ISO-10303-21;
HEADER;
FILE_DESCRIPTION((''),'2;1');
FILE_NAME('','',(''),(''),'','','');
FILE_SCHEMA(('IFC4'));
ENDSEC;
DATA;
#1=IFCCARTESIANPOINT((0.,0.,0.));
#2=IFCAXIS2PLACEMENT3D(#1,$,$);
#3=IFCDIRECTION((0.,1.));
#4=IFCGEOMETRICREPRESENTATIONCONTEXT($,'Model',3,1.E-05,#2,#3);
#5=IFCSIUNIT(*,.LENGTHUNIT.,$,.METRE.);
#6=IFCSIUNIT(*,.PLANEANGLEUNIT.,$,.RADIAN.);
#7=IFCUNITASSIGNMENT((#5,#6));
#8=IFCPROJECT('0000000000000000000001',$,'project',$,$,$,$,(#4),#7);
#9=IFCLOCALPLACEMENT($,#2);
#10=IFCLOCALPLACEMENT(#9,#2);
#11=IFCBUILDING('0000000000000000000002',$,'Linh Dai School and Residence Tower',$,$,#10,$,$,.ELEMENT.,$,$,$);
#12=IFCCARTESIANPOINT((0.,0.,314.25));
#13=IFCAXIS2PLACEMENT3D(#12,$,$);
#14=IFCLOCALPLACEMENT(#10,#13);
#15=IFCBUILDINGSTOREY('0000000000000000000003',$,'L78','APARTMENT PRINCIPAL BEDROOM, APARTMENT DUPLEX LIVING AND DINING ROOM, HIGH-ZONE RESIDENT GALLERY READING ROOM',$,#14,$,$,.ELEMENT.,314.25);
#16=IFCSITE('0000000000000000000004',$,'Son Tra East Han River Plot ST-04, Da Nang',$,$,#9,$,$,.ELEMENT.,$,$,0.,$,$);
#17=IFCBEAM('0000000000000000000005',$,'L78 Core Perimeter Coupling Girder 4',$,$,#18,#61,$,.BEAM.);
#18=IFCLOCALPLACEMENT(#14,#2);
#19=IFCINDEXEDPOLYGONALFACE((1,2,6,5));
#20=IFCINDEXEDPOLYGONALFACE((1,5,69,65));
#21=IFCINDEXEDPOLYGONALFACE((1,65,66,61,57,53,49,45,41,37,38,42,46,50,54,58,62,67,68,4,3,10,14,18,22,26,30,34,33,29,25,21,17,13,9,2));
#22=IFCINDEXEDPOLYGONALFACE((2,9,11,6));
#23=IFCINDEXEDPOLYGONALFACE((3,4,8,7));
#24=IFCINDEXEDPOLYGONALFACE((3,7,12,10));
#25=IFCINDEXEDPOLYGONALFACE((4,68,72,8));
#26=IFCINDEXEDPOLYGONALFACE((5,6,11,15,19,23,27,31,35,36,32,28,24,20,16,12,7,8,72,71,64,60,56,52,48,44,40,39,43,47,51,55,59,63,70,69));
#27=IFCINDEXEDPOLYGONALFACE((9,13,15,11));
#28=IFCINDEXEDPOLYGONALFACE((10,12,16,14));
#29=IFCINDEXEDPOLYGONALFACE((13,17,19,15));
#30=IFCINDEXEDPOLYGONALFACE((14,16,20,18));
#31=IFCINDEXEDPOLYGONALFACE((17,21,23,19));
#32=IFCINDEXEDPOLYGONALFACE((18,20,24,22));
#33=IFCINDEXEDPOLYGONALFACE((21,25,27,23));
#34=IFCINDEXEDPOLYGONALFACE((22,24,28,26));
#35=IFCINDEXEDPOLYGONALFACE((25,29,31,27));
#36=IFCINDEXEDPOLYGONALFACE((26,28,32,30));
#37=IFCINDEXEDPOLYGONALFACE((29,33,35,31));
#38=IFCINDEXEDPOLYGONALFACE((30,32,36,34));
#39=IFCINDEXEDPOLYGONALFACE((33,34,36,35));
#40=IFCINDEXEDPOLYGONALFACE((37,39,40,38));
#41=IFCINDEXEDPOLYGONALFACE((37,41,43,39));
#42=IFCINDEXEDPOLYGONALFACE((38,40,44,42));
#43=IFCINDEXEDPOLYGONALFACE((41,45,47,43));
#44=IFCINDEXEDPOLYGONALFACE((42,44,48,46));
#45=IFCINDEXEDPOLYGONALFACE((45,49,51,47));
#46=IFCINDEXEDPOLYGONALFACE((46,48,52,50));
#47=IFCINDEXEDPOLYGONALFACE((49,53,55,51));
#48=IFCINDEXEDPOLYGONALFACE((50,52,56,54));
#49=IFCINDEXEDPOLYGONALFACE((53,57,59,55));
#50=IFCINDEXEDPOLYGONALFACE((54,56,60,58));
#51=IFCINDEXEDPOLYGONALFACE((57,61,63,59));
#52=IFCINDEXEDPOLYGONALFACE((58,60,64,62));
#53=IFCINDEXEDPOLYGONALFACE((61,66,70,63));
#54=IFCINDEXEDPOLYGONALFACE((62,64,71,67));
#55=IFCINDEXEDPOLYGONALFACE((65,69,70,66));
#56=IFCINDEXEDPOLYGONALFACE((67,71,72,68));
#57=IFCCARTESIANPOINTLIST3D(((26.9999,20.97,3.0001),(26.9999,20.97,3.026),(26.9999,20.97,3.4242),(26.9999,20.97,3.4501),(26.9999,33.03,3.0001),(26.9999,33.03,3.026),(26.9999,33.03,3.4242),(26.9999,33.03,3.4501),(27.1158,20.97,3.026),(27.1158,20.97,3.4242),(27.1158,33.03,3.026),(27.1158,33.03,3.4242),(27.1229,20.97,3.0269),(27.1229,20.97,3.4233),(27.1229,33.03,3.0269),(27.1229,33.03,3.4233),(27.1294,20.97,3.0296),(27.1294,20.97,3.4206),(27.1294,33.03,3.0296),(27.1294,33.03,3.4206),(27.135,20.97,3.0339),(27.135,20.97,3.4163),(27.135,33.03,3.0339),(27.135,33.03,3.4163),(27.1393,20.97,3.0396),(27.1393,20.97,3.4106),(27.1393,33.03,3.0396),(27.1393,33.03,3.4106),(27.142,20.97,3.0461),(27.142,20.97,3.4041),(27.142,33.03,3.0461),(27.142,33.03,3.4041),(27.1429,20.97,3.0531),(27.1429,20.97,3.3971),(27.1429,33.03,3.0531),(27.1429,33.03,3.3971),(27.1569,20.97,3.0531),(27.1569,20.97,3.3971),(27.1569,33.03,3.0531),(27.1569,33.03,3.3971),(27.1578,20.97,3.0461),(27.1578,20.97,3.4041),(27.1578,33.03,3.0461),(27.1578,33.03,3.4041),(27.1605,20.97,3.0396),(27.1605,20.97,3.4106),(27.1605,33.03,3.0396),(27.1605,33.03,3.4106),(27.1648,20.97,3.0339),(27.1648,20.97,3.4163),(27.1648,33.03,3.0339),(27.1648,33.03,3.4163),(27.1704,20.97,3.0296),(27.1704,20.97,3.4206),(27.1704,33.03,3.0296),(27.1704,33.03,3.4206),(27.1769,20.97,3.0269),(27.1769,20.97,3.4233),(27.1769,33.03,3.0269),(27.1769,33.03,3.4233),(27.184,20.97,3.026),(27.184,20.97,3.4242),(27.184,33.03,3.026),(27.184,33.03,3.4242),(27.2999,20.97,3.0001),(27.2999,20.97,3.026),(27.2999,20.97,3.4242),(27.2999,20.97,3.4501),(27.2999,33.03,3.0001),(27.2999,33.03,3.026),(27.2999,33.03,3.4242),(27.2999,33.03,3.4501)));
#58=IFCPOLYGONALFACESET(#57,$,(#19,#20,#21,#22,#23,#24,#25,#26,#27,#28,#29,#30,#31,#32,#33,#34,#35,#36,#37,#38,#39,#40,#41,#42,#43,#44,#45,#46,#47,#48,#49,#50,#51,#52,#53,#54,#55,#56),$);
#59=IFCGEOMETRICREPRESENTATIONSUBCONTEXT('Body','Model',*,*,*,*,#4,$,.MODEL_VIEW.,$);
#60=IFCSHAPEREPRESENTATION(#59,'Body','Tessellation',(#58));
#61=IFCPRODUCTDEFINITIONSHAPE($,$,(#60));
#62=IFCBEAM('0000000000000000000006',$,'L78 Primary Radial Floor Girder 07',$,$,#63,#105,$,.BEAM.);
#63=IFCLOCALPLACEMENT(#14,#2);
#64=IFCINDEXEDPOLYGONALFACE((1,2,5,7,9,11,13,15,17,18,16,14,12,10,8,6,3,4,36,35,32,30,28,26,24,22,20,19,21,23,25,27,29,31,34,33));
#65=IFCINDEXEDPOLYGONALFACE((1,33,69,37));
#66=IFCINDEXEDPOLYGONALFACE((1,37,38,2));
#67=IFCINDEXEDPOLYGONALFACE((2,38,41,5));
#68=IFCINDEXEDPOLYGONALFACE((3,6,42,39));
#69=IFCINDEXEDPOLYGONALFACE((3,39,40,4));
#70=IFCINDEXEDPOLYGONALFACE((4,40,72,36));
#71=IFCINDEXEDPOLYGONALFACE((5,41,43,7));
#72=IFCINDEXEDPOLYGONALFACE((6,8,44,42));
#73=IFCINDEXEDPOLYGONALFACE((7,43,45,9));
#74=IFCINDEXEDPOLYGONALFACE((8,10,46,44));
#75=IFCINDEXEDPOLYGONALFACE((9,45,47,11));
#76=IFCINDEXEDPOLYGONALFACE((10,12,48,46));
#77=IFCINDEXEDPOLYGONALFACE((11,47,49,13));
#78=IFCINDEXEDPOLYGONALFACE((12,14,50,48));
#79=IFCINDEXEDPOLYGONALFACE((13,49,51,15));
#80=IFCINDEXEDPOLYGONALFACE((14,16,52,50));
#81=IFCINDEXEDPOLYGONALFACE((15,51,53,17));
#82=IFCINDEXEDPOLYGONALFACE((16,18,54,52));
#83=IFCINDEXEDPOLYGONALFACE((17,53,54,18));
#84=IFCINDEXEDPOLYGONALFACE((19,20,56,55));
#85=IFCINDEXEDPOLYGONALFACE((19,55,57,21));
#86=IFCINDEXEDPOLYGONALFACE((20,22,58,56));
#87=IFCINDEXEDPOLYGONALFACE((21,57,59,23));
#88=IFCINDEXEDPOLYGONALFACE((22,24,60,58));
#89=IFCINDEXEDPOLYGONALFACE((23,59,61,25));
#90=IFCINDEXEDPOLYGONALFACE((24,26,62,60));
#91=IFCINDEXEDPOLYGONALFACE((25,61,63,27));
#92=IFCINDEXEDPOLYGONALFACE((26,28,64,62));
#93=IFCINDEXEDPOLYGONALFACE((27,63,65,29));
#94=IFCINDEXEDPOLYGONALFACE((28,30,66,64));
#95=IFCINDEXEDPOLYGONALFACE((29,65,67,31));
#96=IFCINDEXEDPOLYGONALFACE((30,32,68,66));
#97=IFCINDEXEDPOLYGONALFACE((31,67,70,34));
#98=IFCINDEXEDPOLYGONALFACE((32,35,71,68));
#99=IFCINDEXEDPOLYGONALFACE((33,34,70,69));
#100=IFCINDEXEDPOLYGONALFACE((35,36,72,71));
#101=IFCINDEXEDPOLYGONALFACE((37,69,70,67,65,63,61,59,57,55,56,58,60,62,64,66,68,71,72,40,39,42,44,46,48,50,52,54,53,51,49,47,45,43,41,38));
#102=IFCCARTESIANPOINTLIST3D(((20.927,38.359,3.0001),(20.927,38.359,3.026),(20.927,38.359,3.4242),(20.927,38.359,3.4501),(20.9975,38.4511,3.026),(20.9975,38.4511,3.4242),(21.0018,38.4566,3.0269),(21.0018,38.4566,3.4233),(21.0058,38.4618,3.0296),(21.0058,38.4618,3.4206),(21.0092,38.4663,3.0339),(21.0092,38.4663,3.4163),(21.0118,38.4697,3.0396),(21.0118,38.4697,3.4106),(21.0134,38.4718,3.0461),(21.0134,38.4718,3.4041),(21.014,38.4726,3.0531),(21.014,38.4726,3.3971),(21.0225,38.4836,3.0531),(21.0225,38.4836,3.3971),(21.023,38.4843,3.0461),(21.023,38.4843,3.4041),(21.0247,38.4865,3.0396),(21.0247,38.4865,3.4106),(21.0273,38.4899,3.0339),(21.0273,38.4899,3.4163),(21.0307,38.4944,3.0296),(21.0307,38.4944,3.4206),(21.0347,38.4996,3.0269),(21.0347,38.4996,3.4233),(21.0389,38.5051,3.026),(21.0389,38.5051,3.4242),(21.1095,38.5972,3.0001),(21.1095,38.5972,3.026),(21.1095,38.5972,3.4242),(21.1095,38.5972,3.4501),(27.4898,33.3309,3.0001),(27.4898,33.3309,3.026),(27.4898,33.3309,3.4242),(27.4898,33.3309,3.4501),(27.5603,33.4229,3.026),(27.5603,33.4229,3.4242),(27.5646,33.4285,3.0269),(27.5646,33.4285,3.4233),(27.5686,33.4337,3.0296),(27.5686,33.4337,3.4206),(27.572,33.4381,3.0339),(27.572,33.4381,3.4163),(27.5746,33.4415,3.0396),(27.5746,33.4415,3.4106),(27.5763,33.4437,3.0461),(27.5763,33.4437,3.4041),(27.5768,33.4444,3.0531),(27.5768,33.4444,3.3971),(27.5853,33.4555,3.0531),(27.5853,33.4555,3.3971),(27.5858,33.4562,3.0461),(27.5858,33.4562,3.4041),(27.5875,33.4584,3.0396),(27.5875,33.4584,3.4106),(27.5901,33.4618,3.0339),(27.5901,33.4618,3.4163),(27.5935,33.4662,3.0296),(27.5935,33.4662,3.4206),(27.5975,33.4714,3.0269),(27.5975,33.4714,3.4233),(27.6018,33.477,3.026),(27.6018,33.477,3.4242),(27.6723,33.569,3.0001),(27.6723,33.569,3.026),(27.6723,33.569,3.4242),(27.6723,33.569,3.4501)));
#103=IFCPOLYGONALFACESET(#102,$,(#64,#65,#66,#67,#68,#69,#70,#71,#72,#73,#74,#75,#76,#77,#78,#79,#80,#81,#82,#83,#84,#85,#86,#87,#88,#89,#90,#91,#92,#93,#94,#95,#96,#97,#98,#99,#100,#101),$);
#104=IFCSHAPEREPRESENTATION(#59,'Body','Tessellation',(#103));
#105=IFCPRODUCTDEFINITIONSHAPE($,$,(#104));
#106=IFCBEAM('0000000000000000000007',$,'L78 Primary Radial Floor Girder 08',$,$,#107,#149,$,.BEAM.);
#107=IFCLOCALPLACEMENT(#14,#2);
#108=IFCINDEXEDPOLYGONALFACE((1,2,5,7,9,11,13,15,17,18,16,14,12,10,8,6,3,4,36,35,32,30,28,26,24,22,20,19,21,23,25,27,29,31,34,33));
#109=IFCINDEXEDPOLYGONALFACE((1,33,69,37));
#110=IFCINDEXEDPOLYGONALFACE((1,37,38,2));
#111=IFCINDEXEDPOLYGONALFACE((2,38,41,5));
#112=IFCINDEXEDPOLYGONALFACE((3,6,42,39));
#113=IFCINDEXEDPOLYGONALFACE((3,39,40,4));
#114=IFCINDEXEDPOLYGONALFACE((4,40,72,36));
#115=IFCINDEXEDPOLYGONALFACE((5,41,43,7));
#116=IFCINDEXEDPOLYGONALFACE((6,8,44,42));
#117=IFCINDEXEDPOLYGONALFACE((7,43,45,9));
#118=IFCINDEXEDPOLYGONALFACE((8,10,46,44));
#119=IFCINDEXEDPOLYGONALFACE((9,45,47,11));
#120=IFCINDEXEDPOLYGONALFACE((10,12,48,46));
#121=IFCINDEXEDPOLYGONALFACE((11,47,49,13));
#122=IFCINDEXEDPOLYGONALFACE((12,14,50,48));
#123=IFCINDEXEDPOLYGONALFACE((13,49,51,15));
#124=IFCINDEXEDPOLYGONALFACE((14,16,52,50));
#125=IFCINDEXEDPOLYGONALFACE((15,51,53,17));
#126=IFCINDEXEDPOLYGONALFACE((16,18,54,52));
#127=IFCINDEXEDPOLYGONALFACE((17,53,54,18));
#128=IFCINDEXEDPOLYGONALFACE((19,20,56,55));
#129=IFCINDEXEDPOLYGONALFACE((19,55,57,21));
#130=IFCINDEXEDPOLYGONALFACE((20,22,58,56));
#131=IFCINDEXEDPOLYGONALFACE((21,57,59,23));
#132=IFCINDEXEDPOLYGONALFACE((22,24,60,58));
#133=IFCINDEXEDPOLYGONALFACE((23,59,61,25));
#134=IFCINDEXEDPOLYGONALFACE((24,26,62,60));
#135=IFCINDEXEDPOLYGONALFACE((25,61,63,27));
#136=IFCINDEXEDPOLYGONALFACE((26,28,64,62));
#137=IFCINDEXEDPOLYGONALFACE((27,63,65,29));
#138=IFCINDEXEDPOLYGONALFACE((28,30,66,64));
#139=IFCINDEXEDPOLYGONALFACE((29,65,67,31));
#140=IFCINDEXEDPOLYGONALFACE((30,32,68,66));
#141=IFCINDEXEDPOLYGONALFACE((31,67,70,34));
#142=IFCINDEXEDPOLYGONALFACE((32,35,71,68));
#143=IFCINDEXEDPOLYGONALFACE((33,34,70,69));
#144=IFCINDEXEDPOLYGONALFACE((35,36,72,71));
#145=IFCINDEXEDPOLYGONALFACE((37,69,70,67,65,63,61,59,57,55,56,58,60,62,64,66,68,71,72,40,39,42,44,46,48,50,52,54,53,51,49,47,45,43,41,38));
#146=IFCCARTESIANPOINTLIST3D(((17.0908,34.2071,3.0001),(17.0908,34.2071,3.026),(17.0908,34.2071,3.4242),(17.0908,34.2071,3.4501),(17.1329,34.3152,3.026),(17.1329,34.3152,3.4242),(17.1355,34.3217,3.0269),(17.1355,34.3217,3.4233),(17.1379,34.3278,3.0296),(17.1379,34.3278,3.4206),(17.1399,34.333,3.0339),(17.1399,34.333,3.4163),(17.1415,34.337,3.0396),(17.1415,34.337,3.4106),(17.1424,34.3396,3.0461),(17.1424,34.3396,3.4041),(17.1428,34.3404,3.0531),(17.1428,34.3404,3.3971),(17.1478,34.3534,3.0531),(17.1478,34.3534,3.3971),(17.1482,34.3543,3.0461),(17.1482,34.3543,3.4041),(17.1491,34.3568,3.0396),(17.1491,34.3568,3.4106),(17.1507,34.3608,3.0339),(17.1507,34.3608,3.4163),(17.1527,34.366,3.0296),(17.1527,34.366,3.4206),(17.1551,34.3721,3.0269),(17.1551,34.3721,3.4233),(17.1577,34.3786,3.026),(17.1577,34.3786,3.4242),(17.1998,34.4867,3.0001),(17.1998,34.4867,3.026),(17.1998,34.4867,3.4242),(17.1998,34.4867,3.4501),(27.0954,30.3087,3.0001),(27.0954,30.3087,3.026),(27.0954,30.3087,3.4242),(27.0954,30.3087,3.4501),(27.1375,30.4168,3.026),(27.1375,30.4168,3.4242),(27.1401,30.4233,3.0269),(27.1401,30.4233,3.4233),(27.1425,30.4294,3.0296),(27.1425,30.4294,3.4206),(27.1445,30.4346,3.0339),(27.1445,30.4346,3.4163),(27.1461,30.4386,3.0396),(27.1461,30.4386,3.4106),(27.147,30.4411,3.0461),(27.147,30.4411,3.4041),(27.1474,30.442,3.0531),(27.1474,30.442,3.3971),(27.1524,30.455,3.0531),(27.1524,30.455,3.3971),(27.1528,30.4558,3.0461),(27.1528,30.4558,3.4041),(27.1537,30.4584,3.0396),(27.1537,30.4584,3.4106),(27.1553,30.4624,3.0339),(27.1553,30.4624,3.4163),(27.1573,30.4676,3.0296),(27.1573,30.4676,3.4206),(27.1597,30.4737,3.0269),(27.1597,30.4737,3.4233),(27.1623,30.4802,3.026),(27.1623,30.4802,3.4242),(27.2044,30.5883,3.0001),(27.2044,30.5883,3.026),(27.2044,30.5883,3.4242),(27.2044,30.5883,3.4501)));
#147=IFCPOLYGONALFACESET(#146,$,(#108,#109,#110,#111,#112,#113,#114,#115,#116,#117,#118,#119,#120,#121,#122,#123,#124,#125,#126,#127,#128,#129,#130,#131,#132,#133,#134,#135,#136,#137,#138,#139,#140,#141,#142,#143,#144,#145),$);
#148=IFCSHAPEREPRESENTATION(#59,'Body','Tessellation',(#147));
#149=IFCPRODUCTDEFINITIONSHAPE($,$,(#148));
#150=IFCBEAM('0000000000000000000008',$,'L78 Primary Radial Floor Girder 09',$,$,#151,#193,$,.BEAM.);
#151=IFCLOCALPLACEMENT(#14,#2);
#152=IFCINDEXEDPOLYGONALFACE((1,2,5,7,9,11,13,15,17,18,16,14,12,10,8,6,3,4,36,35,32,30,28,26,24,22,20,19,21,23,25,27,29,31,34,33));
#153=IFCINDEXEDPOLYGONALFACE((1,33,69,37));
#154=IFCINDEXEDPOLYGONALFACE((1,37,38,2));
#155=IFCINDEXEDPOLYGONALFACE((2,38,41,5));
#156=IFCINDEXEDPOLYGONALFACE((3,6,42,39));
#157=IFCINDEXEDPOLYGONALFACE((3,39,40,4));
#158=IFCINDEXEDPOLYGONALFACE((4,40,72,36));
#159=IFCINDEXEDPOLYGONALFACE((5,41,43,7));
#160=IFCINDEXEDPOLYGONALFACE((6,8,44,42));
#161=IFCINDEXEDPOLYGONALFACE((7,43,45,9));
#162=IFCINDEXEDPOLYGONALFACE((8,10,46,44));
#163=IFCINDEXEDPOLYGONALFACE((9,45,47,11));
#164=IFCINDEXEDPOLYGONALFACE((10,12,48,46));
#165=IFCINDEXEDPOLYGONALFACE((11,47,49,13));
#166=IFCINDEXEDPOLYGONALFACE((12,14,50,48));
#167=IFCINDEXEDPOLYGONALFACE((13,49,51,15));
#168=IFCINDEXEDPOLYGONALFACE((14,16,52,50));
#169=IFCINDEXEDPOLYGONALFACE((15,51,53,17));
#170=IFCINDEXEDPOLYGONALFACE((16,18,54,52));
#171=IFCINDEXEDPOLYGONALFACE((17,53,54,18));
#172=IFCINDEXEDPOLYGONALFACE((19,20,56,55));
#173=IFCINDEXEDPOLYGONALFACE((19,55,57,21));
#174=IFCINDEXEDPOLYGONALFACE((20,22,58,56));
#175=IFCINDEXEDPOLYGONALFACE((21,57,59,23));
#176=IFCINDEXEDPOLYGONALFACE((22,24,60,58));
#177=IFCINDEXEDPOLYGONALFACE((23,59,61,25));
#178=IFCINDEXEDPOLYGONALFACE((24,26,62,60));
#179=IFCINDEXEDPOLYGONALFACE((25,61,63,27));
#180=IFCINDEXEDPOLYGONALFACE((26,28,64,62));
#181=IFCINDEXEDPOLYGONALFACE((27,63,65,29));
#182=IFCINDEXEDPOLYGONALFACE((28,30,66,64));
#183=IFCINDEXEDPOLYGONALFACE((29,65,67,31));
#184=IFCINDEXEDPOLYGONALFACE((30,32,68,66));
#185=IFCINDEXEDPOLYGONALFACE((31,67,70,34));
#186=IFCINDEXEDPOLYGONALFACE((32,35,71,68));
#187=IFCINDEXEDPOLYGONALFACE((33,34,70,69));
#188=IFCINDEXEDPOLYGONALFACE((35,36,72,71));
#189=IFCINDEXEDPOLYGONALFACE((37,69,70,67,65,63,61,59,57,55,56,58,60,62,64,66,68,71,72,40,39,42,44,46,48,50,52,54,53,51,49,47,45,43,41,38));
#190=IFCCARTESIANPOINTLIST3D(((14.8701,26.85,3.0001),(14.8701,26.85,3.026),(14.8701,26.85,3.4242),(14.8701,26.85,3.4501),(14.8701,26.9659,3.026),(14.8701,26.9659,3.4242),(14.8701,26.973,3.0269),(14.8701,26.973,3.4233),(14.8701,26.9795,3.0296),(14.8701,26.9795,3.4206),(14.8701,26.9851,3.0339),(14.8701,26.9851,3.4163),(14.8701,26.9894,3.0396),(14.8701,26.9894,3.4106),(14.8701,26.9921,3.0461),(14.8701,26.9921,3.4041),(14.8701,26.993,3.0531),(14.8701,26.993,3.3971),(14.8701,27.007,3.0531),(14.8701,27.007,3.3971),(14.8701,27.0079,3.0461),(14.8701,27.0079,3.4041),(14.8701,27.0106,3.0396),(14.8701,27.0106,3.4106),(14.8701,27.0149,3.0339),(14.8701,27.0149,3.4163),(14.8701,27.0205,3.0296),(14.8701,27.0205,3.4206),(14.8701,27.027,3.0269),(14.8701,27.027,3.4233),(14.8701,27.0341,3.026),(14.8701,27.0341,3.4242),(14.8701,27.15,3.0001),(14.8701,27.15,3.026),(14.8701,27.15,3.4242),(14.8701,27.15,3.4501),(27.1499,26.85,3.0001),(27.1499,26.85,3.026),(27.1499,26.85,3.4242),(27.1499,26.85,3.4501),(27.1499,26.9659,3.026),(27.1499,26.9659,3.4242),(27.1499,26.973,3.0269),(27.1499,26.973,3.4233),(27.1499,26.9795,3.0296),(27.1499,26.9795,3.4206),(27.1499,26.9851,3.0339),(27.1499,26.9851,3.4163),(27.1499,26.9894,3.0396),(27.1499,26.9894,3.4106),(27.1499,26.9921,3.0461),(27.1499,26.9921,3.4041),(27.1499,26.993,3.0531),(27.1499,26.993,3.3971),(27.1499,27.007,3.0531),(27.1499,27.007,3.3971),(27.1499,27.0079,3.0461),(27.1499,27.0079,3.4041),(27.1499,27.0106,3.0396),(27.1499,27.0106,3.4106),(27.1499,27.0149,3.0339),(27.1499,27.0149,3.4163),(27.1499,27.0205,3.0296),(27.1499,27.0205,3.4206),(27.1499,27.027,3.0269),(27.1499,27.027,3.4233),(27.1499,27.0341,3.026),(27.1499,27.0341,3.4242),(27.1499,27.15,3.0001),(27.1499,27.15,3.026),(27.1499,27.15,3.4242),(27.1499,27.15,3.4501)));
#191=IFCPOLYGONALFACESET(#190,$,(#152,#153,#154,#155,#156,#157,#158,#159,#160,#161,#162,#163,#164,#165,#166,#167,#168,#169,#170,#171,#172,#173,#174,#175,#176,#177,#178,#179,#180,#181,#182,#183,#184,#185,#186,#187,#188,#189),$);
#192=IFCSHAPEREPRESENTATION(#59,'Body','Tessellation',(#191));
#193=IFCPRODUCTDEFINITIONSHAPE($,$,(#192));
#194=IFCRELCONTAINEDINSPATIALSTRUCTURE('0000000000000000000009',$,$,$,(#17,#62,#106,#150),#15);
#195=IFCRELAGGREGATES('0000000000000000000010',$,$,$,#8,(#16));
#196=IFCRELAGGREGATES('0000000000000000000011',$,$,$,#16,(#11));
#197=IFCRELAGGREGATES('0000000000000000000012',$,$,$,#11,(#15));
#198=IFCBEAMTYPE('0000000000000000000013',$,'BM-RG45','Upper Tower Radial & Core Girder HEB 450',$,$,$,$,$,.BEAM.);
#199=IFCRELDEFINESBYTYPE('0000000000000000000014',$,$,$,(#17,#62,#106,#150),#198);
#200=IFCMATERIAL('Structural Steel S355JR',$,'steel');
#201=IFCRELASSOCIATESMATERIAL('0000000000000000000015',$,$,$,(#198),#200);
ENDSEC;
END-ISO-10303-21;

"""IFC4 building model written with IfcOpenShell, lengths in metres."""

from ifc_helpers import new_model, si_unit, direction, frame, origin, origin_2d, place, context, subcontext, project, spatial, i_section, extrude, material, material_profile, profile_set, type_object, element, save


model = new_model("IFC4")

# Units and contexts
model_context = context("Model", 3, precision=1e-05, world=origin(), true_north=direction((0.0, 1.0)))
body_context = subcontext(model_context, "Body", "Model", "MODEL_VIEW")
ifc_project = project(units=[si_unit("LENGTHUNIT", "METRE"), si_unit("PLANEANGLEUNIT", "RADIAN")], contexts=[model_context])

# Site, building, storey
site_placement = place(None, origin())
site = spatial("IfcSite", under=ifc_project, at=site_placement, Name="Son Tra East Han River Plot ST-04, Da Nang", CompositionType="ELEMENT", RefElevation=0.0)
building_placement = place(site_placement, origin())
building = spatial("IfcBuilding", under=site, at=building_placement, Name="Linh Dai School and Residence Tower", CompositionType="ELEMENT")
storey_placement = place(building_placement, frame((0.0, 0.0, 314.25)))
storey = spatial("IfcBuildingStorey", under=building, at=storey_placement, Name="L78", Description="APARTMENT PRINCIPAL BEDROOM, APARTMENT DUPLEX LIVING AND DINING ROOM, HIGH-ZONE RESIDENT GALLERY READING ROOM", CompositionType="ELEMENT", Elevation=314.25)

# Shared definitions
ifc_material_1 = material(Name="Structural Steel S355JR", Category="steel")

# Beams
ifc_material_profile_1 = material_profile(ifc_material_1, i_section(OverallWidth=0.3, OverallDepth=0.45, WebThickness=0.0139, FlangeThickness=0.0259, FilletRadius=0.0271, at=origin_2d()), Name="HEB 450")
ifc_profile_set_1 = profile_set([ifc_material_profile_1], Name="Structural Steel S355JR")
beam_type_1 = type_object("IfcBeamType", Name="BM-RG45", Description="Upper Tower Radial & Core Girder HEB 450", PredefinedType="BEAM", material=ifc_profile_set_1)
beam_1_placement = place(storey_placement, frame((27.1499, 33.03, 3.2251), z_axis=(0.0, -1.0, 0.0), x_axis=(1.0, 0.0, 0.0)))
element("IfcBeam", 1, at=beam_1_placement, inside=storey, type_object=beam_type_1, Name="L78 Core Perimeter Coupling Girder 4", PredefinedType="BEAM", context=body_context, shape_type="SweptSolid", body=[
    extrude(i_section(OverallWidth=0.3, OverallDepth=0.45, WebThickness=0.0139, FlangeThickness=0.0259, FilletRadius=0.0271, at=origin_2d()), origin(), (0.0, 0.0, 1.0), 12.0601),
])
beam_2_placement = place(storey_placement, frame((27.5811, 33.45, 3.2251), z_axis=(-0.793803, 0.608175, 0.0), x_axis=(-0.608175, -0.793803, 0.0)))
element("IfcBeam", 2, at=beam_2_placement, inside=storey, type_object=beam_type_1, Name="L78 Primary Radial Floor Girder 07", PredefinedType="BEAM", context=body_context, shape_type="SweptSolid", body=[
    extrude(i_section(OverallWidth=0.3, OverallDepth=0.45, WebThickness=0.0139, FlangeThickness=0.0259, FilletRadius=0.0271, at=origin_2d()), origin(), (0.0, 0.0, 1.0), 8.2676),
])
beam_3_placement = place(storey_placement, frame((27.1499, 30.4485, 3.2251), z_axis=(-0.931761, 0.363073, 0.0), x_axis=(-0.363073, -0.931761, 0.0)))
element("IfcBeam", 3, at=beam_3_placement, inside=storey, type_object=beam_type_1, Name="L78 Primary Radial Floor Girder 08", PredefinedType="BEAM", context=body_context, shape_type="SweptSolid", body=[
    extrude(i_section(OverallWidth=0.3, OverallDepth=0.45, WebThickness=0.0139, FlangeThickness=0.0259, FilletRadius=0.0271, at=origin_2d()), origin(), (0.0, 0.0, 1.0), 10.7373),
])
beam_4_placement = place(storey_placement, frame((27.1499, 27.0, 3.2251), z_axis=(-1.0, 0.0, 0.0), x_axis=(0.0, -1.0, 0.0)))
element("IfcBeam", 4, at=beam_4_placement, inside=storey, type_object=beam_type_1, Name="L78 Primary Radial Floor Girder 09", PredefinedType="BEAM", context=body_context, shape_type="SweptSolid", body=[
    extrude(i_section(OverallWidth=0.3, OverallDepth=0.45, WebThickness=0.0139, FlangeThickness=0.0259, FilletRadius=0.0271, at=origin_2d()), origin(), (0.0, 0.0, 1.0), 12.2798),
])

save(model, "model.ifc")
